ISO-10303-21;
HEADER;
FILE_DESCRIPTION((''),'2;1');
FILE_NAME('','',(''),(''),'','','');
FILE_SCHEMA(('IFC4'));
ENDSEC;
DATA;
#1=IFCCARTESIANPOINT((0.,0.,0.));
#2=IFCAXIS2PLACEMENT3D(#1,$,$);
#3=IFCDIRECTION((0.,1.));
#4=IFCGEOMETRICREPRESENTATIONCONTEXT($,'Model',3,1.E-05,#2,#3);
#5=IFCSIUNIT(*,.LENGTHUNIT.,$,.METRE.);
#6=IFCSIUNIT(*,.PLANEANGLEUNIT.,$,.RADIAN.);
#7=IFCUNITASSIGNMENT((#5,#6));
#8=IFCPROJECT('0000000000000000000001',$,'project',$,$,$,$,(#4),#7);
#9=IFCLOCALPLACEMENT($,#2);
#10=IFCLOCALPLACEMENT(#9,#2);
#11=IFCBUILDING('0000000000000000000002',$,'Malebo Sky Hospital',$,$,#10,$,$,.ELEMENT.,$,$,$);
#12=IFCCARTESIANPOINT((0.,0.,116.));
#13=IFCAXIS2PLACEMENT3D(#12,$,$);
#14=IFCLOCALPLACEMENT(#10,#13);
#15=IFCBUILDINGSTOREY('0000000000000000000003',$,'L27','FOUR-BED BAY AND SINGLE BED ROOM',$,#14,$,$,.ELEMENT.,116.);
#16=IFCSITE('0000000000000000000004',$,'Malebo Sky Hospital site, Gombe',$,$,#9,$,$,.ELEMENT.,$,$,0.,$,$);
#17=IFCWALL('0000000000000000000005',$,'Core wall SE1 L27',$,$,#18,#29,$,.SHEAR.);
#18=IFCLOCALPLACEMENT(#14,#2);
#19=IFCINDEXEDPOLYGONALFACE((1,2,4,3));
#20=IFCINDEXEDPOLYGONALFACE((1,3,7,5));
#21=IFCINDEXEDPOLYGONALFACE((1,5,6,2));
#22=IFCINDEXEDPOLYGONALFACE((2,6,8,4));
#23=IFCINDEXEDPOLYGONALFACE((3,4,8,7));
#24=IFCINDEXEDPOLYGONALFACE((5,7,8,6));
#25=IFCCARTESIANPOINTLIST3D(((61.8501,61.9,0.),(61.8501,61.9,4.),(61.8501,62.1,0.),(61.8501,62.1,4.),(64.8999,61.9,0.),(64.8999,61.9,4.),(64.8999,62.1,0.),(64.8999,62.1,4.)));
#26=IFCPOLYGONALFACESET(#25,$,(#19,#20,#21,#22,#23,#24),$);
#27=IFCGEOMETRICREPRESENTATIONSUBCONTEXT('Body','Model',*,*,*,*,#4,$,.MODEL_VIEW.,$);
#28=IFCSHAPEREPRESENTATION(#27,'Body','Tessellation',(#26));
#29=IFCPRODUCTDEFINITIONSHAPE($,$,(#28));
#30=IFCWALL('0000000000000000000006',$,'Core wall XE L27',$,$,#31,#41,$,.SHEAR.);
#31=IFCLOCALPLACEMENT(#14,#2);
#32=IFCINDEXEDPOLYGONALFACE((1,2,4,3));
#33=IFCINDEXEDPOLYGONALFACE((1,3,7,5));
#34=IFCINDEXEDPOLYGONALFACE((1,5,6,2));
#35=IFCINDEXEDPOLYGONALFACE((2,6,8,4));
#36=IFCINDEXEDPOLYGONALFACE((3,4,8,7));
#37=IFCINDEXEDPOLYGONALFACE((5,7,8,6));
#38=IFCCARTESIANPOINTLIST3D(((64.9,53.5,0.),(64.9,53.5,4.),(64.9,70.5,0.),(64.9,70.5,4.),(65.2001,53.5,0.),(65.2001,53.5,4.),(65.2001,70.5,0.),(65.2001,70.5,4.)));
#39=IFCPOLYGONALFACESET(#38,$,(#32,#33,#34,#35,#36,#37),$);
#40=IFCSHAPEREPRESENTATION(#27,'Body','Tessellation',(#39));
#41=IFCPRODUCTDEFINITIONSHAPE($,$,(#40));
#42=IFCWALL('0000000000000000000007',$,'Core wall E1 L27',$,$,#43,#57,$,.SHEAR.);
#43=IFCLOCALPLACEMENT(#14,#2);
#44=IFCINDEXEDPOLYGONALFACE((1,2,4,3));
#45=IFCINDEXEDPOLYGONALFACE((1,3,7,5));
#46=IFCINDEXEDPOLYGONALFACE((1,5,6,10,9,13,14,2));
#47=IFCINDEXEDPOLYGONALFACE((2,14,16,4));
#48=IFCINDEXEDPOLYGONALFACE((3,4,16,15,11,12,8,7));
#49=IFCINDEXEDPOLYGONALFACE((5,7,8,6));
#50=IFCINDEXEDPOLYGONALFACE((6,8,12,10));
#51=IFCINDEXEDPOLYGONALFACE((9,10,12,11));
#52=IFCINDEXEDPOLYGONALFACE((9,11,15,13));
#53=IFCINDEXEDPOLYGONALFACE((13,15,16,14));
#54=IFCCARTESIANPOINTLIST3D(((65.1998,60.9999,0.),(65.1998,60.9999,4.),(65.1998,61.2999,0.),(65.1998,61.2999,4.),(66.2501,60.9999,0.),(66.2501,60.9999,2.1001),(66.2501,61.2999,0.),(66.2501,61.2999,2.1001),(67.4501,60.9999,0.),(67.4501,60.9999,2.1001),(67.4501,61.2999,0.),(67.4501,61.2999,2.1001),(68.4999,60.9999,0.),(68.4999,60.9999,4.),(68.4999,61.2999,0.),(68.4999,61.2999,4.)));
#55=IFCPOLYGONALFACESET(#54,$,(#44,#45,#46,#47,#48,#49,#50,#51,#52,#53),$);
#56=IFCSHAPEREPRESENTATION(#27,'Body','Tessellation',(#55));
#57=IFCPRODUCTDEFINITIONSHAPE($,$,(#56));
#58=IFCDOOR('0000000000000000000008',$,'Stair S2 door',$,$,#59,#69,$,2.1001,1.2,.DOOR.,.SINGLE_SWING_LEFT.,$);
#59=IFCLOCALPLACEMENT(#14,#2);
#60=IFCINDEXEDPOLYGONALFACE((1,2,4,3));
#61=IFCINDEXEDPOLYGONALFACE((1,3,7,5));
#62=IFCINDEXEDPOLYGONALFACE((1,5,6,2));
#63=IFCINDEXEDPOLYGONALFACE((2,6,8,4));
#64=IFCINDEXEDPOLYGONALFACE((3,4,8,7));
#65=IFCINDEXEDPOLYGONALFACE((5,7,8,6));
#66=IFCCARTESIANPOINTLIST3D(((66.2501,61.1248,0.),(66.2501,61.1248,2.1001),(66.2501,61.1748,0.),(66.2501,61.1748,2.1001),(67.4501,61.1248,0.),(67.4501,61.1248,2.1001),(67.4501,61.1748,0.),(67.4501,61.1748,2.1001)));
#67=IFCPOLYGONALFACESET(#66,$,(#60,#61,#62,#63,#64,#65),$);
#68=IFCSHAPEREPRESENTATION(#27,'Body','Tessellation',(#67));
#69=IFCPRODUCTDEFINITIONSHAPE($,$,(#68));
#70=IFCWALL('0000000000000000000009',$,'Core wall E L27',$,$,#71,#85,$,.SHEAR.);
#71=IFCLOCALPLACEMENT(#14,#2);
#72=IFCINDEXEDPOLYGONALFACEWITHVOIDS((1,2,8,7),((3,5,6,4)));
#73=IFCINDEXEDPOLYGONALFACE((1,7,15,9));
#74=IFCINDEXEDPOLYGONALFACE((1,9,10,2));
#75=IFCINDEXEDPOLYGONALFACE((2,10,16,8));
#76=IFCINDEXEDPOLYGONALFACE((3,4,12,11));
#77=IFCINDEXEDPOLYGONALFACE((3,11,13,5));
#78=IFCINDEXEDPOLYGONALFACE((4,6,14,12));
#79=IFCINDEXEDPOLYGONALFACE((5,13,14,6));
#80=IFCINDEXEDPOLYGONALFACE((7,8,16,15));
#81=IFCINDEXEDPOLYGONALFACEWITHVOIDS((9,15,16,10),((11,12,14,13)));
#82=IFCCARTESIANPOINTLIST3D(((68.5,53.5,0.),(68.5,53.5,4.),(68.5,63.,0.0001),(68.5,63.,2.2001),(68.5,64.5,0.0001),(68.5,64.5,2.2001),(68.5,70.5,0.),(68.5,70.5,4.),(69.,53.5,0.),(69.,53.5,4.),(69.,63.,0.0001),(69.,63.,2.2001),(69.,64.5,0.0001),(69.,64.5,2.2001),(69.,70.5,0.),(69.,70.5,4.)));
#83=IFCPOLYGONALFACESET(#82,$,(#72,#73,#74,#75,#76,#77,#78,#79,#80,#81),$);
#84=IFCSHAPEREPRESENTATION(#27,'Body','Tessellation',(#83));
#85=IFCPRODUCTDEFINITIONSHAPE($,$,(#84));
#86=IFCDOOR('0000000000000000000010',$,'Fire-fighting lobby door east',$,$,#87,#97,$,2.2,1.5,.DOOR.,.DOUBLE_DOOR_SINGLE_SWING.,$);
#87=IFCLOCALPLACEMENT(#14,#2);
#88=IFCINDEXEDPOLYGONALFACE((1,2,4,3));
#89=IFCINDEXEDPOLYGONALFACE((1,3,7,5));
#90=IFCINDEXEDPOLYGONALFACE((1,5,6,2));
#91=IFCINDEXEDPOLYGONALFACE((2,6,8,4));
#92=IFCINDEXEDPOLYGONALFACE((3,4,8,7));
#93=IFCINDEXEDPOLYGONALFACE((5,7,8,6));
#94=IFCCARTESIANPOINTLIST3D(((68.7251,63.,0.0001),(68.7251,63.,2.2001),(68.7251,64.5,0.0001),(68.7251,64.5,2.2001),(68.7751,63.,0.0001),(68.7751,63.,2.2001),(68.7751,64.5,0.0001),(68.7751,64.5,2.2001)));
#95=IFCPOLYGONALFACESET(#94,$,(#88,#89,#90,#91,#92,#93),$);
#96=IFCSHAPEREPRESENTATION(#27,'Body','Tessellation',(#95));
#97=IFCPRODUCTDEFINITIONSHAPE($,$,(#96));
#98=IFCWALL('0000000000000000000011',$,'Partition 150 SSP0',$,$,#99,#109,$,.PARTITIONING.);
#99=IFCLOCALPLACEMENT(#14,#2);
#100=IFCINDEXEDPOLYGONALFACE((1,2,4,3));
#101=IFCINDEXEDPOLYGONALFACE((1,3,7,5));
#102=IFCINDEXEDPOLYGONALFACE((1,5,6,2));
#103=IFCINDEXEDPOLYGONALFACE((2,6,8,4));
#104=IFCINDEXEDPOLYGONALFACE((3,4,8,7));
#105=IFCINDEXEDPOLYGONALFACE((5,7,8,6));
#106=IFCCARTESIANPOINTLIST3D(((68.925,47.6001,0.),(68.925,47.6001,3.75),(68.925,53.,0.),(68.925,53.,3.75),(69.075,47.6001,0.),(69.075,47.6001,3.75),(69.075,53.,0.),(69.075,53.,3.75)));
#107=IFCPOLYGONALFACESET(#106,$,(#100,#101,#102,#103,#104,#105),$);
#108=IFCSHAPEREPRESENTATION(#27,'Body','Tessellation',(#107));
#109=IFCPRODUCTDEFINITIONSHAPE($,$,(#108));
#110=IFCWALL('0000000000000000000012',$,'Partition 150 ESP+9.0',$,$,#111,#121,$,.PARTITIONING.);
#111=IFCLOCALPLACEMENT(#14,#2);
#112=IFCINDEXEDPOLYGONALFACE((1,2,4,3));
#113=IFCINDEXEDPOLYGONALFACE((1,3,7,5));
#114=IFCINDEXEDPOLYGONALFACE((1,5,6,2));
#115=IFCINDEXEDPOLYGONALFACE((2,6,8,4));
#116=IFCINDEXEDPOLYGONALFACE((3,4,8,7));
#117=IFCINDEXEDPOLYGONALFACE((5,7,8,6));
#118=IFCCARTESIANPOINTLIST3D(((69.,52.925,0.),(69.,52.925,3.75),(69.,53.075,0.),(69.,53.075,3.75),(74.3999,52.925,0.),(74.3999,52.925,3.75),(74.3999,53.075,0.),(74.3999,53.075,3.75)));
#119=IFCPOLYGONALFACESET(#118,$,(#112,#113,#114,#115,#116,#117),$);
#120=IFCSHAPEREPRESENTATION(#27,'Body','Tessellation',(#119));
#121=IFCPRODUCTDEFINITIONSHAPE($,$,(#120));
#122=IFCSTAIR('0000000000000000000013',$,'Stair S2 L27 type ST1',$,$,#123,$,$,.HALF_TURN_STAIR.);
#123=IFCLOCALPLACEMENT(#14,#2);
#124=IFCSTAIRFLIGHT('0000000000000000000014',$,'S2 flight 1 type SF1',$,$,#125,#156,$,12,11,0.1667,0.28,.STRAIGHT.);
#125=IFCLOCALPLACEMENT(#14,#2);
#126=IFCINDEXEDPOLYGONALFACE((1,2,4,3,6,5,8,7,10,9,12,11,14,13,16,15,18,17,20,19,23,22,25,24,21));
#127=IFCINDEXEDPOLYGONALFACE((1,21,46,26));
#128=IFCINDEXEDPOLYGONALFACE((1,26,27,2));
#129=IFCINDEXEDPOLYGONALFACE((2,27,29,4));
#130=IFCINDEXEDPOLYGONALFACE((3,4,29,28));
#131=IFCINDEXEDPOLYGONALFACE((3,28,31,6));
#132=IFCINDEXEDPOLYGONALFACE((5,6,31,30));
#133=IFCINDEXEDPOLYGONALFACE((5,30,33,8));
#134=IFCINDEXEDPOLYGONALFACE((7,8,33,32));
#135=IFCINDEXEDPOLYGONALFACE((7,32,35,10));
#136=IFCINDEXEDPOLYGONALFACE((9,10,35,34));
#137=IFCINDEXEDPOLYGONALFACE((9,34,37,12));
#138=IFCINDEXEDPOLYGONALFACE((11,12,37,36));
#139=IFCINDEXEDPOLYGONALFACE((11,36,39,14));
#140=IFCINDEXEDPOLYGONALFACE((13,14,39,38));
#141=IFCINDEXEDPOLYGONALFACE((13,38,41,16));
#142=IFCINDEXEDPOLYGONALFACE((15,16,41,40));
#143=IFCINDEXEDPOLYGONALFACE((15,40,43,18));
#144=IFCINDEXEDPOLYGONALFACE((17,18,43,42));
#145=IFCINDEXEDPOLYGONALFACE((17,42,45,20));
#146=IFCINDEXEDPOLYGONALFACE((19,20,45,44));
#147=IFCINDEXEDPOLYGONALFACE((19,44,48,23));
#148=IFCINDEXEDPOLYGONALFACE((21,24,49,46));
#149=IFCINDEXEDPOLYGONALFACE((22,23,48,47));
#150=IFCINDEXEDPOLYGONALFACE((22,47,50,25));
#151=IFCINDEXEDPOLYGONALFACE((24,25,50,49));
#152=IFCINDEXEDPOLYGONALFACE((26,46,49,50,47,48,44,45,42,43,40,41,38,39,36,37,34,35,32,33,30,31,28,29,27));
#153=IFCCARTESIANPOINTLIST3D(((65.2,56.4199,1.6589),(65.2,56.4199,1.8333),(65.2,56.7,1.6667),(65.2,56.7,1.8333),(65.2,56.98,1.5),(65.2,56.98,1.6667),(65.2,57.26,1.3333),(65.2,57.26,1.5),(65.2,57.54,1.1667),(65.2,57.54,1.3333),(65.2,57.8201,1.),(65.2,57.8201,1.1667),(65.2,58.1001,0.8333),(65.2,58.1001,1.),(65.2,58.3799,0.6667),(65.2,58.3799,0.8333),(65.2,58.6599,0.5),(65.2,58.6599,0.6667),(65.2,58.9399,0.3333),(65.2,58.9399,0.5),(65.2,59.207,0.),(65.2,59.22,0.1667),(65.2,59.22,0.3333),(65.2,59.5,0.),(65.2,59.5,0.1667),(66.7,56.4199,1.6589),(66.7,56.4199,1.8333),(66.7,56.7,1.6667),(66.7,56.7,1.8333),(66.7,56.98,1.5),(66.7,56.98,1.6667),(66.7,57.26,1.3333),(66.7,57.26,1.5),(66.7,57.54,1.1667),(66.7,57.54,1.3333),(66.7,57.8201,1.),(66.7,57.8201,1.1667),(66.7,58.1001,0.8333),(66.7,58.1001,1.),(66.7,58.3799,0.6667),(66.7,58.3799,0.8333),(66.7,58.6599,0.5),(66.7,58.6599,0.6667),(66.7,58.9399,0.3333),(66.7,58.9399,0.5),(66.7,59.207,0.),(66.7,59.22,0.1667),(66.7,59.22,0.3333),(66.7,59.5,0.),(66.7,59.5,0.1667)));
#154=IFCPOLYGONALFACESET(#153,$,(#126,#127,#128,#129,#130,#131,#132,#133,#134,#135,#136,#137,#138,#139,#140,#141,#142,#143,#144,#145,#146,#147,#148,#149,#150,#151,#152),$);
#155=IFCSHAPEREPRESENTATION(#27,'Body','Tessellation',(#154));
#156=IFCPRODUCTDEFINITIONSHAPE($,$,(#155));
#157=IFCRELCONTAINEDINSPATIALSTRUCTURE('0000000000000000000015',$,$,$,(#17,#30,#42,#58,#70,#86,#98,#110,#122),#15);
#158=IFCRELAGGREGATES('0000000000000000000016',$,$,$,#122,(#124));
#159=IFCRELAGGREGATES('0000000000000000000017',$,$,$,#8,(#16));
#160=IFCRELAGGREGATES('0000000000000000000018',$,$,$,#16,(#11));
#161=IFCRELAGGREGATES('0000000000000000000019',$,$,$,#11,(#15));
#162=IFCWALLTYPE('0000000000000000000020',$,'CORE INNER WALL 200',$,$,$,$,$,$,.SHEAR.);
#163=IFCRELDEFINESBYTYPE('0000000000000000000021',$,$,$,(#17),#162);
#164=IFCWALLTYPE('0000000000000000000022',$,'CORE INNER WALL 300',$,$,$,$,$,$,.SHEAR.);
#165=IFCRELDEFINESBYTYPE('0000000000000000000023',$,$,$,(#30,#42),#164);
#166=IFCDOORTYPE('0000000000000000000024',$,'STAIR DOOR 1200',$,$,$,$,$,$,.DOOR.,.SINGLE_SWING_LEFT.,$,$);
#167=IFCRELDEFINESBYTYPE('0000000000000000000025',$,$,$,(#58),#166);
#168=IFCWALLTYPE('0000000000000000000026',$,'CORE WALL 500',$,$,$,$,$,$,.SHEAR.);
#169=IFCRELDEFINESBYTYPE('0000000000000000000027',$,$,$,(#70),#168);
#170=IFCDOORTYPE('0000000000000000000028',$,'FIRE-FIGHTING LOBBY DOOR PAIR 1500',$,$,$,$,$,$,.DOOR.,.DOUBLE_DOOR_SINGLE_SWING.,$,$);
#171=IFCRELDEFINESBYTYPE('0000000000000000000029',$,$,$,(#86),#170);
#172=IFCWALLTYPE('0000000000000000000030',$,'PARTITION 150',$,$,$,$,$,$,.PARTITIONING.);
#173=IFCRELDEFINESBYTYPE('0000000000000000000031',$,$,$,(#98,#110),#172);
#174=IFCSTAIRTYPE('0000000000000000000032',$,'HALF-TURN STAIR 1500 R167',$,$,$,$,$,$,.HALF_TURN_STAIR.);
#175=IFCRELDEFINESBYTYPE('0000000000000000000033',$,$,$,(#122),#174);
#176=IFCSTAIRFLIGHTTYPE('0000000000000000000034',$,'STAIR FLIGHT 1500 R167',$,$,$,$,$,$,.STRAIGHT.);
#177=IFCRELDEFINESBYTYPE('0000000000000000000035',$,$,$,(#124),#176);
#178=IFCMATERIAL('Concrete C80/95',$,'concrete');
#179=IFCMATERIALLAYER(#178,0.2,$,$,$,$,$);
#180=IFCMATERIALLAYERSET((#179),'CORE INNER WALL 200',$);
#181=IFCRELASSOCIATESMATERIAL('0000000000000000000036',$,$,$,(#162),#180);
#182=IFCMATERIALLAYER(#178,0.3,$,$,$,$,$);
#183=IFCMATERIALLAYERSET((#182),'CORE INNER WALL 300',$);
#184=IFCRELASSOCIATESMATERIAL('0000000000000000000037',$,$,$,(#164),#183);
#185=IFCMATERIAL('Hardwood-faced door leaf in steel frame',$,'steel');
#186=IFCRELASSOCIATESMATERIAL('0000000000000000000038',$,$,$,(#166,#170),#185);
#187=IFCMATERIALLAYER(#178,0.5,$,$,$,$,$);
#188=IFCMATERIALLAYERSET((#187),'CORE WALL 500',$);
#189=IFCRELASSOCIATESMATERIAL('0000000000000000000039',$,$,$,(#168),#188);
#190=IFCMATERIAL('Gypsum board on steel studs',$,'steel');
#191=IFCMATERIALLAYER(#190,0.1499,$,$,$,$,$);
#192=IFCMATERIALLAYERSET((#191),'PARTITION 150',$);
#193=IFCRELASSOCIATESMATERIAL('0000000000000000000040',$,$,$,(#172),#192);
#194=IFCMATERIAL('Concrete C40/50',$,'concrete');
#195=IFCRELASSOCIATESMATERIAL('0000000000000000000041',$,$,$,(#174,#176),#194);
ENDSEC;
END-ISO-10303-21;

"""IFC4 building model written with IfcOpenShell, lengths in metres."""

from ifc_helpers import new_model, si_unit, direction, frame, frame_2d, origin, place, context, subcontext, project, spatial, polyline, rectangle, outline, extrude, material, layer, layer_set, type_object, element, fill, aggregate, save


model = new_model("IFC4")

# Units and contexts
model_context = context("Model", 3, precision=1e-05, world=origin(), true_north=direction((0.0, 1.0)))
body_context = subcontext(model_context, "Body", "Model", "MODEL_VIEW")
ifc_project = project(units=[si_unit("LENGTHUNIT", "METRE"), si_unit("PLANEANGLEUNIT", "RADIAN")], contexts=[model_context])

# Site, building, storey
site_placement = place(None, origin())
site = spatial("IfcSite", under=ifc_project, at=site_placement, Name="Malebo Sky Hospital site, Gombe", CompositionType="ELEMENT", RefElevation=0.0)
building_placement = place(site_placement, origin())
building = spatial("IfcBuilding", under=site, at=building_placement, Name="Malebo Sky Hospital", CompositionType="ELEMENT")
storey_placement = place(building_placement, frame((0.0, 0.0, 116.0)))
storey = spatial("IfcBuildingStorey", under=building, at=storey_placement, Name="L27", Description="FOUR-BED BAY AND SINGLE BED ROOM", CompositionType="ELEMENT", Elevation=116.0)

# Shared definitions
ifc_material_1 = material(Name="Concrete C80/95", Category="concrete")
ifc_layer_1 = layer(ifc_material_1, 0.2)
ifc_layer_set_1 = layer_set([ifc_layer_1], Name="CORE INNER WALL 200")
wall_type_1 = type_object("IfcWallType", Name="CORE INNER WALL 200", PredefinedType="SHEAR", material=ifc_layer_set_1)

# Walls
for number, where, z_axis, x_axis, name in (
    (1, (61.8501, 62.0, 0.0), (0.0, 0.0, 1.0), (1.0, 0.0, 0.0), "Core wall SE1 L27"),
):
    element("IfcWall", number, at=place(storey_placement, frame(where, z_axis=z_axis, x_axis=x_axis)), inside=storey, type_object=wall_type_1, Name=name, PredefinedType="SHEAR", context=body_context, shape_type="SweptSolid", body=[
        extrude(rectangle(XDim=3.0498, YDim=0.2, at=frame_2d((1.5249, 0.0))), origin(), (0.0, 0.0, 1.0), 4.0),
    ])
ifc_layer_2 = layer(ifc_material_1, 0.3)
ifc_layer_set_2 = layer_set([ifc_layer_2], Name="CORE INNER WALL 300")
wall_type_2 = type_object("IfcWallType", Name="CORE INNER WALL 300", PredefinedType="SHEAR", material=ifc_layer_set_2)
wall_1_placement = place(storey_placement, frame((65.05, 53.5, 0.0), z_axis=(0.0, 0.0, 1.0), x_axis=(0.0, 1.0, 0.0)))
element("IfcWall", 2, at=wall_1_placement, inside=storey, type_object=wall_type_2, Name="Core wall XE L27", PredefinedType="SHEAR", context=body_context, shape_type="SweptSolid", body=[
    extrude(rectangle(XDim=17.0, YDim=0.3, at=frame_2d((8.5, 0.0))), origin(), (0.0, 0.0, 1.0), 4.0),
])

# Walls, openings, doors
wall_2_placement = place(storey_placement, frame((65.2, 61.1499, 0.0), z_axis=(0.0, 0.0, 1.0), x_axis=(1.0, 0.0, 0.0)))
wall_2 = element("IfcWall", 3, at=wall_2_placement, inside=storey, type_object=wall_type_2, Name="Core wall E1 L27", PredefinedType="SHEAR", context=body_context, shape_type="SweptSolid", body=[
    extrude(rectangle(XDim=3.3, YDim=0.3, at=frame_2d((1.6499, 0.0))), origin(), (0.0, 0.0, 1.0), 4.0),
])
opening_1_placement = place(wall_2_placement, frame((1.05, 0.0, 0.0)))
opening_1 = element("IfcOpeningElement", 4, at=opening_1_placement, cuts=wall_2, PredefinedType="OPENING", context=body_context, shape_type="SweptSolid", body=[
    extrude(rectangle(XDim=1.2, YDim=2.1001, at=frame_2d((0.6001, 1.05))), frame((0.0, 0.1599, 0.0), z_axis=(0.0, -1.0, 0.0), x_axis=(1.0, 0.0, 0.0)), (0.0, 0.0, 1.0), 0.3201),
])
ifc_material_2 = material(Name="Hardwood-faced door leaf in steel frame", Category="steel")
door_type_1 = type_object("IfcDoorType", Name="STAIR DOOR 1200", OperationType="SINGLE_SWING_LEFT", PredefinedType="DOOR", material=ifc_material_2)
door_1_placement = place(opening_1_placement, origin())
door_1 = element("IfcDoor", 5, at=door_1_placement, inside=storey, type_object=door_type_1, Name="Stair S2 door", OperationType="SINGLE_SWING_LEFT", OverallHeight=2.1001, OverallWidth=1.2, PredefinedType="DOOR", context=body_context, shape_type="SweptSolid", body=[
    extrude(rectangle(XDim=1.2, YDim=2.1001, at=frame_2d((0.6001, 1.05))), frame((0.0, 0.0249, 0.0), z_axis=(0.0, -1.0, 0.0), x_axis=(1.0, 0.0, 0.0)), (0.0, 0.0, 1.0), 0.05),
])
fill(opening_1, door_1)
ifc_layer_3 = layer(ifc_material_1, 0.5)
ifc_layer_set_3 = layer_set([ifc_layer_3], Name="CORE WALL 500")
wall_type_3 = type_object("IfcWallType", Name="CORE WALL 500", PredefinedType="SHEAR", material=ifc_layer_set_3)
wall_3_placement = place(storey_placement, frame((68.75, 53.5, 0.0), z_axis=(0.0, 0.0, 1.0), x_axis=(0.0, 1.0, 0.0)))
wall_3 = element("IfcWall", 6, at=wall_3_placement, inside=storey, type_object=wall_type_3, Name="Core wall E L27", PredefinedType="SHEAR", context=body_context, shape_type="SweptSolid", body=[
    extrude(rectangle(XDim=17.0, YDim=0.5, at=frame_2d((8.5, 0.0))), origin(), (0.0, 0.0, 1.0), 4.0),
])
opening_2_placement = place(wall_3_placement, frame((9.5, 0.0, 0.0)))
opening_2 = element("IfcOpeningElement", 7, at=opening_2_placement, cuts=wall_3, PredefinedType="OPENING", context=body_context, shape_type="SweptSolid", body=[
    extrude(rectangle(XDim=1.5, YDim=2.2, at=frame_2d((0.75, 1.1001))), frame((0.0, 0.26, 0.0), z_axis=(0.0, -1.0, 0.0), x_axis=(1.0, 0.0, 0.0)), (0.0, 0.0, 1.0), 0.52),
])
door_type_2 = type_object("IfcDoorType", Name="FIRE-FIGHTING LOBBY DOOR PAIR 1500", OperationType="DOUBLE_DOOR_SINGLE_SWING", PredefinedType="DOOR", material=ifc_material_2)
door_2_placement = place(opening_2_placement, origin())
door_2 = element("IfcDoor", 8, at=door_2_placement, inside=storey, type_object=door_type_2, Name="Fire-fighting lobby door east", OperationType="DOUBLE_DOOR_SINGLE_SWING", OverallHeight=2.2, OverallWidth=1.5, PredefinedType="DOOR", context=body_context, shape_type="SweptSolid", body=[
    extrude(rectangle(XDim=1.5, YDim=2.2, at=frame_2d((0.75, 1.1001))), frame((0.0, 0.0249, 0.0), z_axis=(0.0, -1.0, 0.0), x_axis=(1.0, 0.0, 0.0)), (0.0, 0.0, 1.0), 0.05),
])
fill(opening_2, door_2)

# Walls
ifc_material_3 = material(Name="Gypsum board on steel studs", Category="steel")
ifc_layer_4 = layer(ifc_material_3, 0.1499)
ifc_layer_set_4 = layer_set([ifc_layer_4], Name="PARTITION 150")
wall_type_4 = type_object("IfcWallType", Name="PARTITION 150", PredefinedType="PARTITIONING", material=ifc_layer_set_4)
for number, where, z_axis, x_axis, name in (
    (9, (69.0, 53.0, 0.0), (0.0, 0.0, 1.0), (0.0, -1.0, 0.0), "Partition 150 SSP0"),
    (10, (69.0, 53.0, 0.0), (0.0, 0.0, 1.0), (1.0, 0.0, 0.0), "Partition 150 ESP+9.0"),
):
    element("IfcWall", number, at=place(storey_placement, frame(where, z_axis=z_axis, x_axis=x_axis)), inside=storey, type_object=wall_type_4, Name=name, PredefinedType="PARTITIONING", context=body_context, shape_type="SweptSolid", body=[
        extrude(rectangle(XDim=5.3999, YDim=0.1499, at=frame_2d((2.7, 0.0))), origin(), (0.0, 0.0, 1.0), 3.75),
    ])

# Stair, stair flight
ifc_material_4 = material(Name="Concrete C40/50", Category="concrete")
stair_type = type_object("IfcStairType", Name="HALF-TURN STAIR 1500 R167", PredefinedType="HALF_TURN_STAIR", material=ifc_material_4)
stair_placement = place(storey_placement, origin())
stair = element("IfcStair", 11, at=stair_placement, inside=storey, type_object=stair_type, Name="Stair S2 L27 type ST1", PredefinedType="HALF_TURN_STAIR")
stair_flight_type = type_object("IfcStairFlightType", Name="STAIR FLIGHT 1500 R167", PredefinedType="STRAIGHT", material=ifc_material_4)
stair_flight_1_placement = place(storey_placement, frame((65.95, 59.5, 0.0), z_axis=(0.0, 0.0, 1.0), x_axis=(0.0, -1.0, 0.0)))
stair_flight_1 = element("IfcStairFlight", 12, at=stair_flight_1_placement, type_object=stair_flight_type, Name="S2 flight 1 type SF1", NumberOfRisers=12, NumberOfTreads=11, PredefinedType="STRAIGHT", RiserHeight=0.1667, TreadLength=0.28, context=body_context, shape_type="SweptSolid", body=[
    extrude(outline(polyline([(0.0, 0.0), (0.0, 0.1667), (0.28, 0.1667), (0.28, 0.3333), (0.5601, 0.3333), (0.5601, 0.5), (0.8401, 0.5), (0.8401, 0.6667), (1.1201, 0.6667), (1.1201, 0.8333), (1.3999, 0.8333), (1.3999, 1.0), (1.6799, 1.0), (1.6799, 1.1667), (1.96, 1.1667), (1.96, 1.3333), (2.24, 1.3333), (2.24, 1.5), (2.52, 1.5), (2.52, 1.6667), (2.8, 1.6667), (2.8, 1.8333), (3.0801, 1.8333), (3.0801, 2.0), (3.0801, 1.6589), (0.293, 0.0), (0.0, 0.0)])), frame((0.0, 0.75, 0.0), z_axis=(0.0, -1.0, 0.0), x_axis=(1.0, 0.0, 0.0)), (0.0, 0.0, 1.0), 1.5),
])
aggregate(stair, [stair_flight_1])

save(model, "model.ifc")
